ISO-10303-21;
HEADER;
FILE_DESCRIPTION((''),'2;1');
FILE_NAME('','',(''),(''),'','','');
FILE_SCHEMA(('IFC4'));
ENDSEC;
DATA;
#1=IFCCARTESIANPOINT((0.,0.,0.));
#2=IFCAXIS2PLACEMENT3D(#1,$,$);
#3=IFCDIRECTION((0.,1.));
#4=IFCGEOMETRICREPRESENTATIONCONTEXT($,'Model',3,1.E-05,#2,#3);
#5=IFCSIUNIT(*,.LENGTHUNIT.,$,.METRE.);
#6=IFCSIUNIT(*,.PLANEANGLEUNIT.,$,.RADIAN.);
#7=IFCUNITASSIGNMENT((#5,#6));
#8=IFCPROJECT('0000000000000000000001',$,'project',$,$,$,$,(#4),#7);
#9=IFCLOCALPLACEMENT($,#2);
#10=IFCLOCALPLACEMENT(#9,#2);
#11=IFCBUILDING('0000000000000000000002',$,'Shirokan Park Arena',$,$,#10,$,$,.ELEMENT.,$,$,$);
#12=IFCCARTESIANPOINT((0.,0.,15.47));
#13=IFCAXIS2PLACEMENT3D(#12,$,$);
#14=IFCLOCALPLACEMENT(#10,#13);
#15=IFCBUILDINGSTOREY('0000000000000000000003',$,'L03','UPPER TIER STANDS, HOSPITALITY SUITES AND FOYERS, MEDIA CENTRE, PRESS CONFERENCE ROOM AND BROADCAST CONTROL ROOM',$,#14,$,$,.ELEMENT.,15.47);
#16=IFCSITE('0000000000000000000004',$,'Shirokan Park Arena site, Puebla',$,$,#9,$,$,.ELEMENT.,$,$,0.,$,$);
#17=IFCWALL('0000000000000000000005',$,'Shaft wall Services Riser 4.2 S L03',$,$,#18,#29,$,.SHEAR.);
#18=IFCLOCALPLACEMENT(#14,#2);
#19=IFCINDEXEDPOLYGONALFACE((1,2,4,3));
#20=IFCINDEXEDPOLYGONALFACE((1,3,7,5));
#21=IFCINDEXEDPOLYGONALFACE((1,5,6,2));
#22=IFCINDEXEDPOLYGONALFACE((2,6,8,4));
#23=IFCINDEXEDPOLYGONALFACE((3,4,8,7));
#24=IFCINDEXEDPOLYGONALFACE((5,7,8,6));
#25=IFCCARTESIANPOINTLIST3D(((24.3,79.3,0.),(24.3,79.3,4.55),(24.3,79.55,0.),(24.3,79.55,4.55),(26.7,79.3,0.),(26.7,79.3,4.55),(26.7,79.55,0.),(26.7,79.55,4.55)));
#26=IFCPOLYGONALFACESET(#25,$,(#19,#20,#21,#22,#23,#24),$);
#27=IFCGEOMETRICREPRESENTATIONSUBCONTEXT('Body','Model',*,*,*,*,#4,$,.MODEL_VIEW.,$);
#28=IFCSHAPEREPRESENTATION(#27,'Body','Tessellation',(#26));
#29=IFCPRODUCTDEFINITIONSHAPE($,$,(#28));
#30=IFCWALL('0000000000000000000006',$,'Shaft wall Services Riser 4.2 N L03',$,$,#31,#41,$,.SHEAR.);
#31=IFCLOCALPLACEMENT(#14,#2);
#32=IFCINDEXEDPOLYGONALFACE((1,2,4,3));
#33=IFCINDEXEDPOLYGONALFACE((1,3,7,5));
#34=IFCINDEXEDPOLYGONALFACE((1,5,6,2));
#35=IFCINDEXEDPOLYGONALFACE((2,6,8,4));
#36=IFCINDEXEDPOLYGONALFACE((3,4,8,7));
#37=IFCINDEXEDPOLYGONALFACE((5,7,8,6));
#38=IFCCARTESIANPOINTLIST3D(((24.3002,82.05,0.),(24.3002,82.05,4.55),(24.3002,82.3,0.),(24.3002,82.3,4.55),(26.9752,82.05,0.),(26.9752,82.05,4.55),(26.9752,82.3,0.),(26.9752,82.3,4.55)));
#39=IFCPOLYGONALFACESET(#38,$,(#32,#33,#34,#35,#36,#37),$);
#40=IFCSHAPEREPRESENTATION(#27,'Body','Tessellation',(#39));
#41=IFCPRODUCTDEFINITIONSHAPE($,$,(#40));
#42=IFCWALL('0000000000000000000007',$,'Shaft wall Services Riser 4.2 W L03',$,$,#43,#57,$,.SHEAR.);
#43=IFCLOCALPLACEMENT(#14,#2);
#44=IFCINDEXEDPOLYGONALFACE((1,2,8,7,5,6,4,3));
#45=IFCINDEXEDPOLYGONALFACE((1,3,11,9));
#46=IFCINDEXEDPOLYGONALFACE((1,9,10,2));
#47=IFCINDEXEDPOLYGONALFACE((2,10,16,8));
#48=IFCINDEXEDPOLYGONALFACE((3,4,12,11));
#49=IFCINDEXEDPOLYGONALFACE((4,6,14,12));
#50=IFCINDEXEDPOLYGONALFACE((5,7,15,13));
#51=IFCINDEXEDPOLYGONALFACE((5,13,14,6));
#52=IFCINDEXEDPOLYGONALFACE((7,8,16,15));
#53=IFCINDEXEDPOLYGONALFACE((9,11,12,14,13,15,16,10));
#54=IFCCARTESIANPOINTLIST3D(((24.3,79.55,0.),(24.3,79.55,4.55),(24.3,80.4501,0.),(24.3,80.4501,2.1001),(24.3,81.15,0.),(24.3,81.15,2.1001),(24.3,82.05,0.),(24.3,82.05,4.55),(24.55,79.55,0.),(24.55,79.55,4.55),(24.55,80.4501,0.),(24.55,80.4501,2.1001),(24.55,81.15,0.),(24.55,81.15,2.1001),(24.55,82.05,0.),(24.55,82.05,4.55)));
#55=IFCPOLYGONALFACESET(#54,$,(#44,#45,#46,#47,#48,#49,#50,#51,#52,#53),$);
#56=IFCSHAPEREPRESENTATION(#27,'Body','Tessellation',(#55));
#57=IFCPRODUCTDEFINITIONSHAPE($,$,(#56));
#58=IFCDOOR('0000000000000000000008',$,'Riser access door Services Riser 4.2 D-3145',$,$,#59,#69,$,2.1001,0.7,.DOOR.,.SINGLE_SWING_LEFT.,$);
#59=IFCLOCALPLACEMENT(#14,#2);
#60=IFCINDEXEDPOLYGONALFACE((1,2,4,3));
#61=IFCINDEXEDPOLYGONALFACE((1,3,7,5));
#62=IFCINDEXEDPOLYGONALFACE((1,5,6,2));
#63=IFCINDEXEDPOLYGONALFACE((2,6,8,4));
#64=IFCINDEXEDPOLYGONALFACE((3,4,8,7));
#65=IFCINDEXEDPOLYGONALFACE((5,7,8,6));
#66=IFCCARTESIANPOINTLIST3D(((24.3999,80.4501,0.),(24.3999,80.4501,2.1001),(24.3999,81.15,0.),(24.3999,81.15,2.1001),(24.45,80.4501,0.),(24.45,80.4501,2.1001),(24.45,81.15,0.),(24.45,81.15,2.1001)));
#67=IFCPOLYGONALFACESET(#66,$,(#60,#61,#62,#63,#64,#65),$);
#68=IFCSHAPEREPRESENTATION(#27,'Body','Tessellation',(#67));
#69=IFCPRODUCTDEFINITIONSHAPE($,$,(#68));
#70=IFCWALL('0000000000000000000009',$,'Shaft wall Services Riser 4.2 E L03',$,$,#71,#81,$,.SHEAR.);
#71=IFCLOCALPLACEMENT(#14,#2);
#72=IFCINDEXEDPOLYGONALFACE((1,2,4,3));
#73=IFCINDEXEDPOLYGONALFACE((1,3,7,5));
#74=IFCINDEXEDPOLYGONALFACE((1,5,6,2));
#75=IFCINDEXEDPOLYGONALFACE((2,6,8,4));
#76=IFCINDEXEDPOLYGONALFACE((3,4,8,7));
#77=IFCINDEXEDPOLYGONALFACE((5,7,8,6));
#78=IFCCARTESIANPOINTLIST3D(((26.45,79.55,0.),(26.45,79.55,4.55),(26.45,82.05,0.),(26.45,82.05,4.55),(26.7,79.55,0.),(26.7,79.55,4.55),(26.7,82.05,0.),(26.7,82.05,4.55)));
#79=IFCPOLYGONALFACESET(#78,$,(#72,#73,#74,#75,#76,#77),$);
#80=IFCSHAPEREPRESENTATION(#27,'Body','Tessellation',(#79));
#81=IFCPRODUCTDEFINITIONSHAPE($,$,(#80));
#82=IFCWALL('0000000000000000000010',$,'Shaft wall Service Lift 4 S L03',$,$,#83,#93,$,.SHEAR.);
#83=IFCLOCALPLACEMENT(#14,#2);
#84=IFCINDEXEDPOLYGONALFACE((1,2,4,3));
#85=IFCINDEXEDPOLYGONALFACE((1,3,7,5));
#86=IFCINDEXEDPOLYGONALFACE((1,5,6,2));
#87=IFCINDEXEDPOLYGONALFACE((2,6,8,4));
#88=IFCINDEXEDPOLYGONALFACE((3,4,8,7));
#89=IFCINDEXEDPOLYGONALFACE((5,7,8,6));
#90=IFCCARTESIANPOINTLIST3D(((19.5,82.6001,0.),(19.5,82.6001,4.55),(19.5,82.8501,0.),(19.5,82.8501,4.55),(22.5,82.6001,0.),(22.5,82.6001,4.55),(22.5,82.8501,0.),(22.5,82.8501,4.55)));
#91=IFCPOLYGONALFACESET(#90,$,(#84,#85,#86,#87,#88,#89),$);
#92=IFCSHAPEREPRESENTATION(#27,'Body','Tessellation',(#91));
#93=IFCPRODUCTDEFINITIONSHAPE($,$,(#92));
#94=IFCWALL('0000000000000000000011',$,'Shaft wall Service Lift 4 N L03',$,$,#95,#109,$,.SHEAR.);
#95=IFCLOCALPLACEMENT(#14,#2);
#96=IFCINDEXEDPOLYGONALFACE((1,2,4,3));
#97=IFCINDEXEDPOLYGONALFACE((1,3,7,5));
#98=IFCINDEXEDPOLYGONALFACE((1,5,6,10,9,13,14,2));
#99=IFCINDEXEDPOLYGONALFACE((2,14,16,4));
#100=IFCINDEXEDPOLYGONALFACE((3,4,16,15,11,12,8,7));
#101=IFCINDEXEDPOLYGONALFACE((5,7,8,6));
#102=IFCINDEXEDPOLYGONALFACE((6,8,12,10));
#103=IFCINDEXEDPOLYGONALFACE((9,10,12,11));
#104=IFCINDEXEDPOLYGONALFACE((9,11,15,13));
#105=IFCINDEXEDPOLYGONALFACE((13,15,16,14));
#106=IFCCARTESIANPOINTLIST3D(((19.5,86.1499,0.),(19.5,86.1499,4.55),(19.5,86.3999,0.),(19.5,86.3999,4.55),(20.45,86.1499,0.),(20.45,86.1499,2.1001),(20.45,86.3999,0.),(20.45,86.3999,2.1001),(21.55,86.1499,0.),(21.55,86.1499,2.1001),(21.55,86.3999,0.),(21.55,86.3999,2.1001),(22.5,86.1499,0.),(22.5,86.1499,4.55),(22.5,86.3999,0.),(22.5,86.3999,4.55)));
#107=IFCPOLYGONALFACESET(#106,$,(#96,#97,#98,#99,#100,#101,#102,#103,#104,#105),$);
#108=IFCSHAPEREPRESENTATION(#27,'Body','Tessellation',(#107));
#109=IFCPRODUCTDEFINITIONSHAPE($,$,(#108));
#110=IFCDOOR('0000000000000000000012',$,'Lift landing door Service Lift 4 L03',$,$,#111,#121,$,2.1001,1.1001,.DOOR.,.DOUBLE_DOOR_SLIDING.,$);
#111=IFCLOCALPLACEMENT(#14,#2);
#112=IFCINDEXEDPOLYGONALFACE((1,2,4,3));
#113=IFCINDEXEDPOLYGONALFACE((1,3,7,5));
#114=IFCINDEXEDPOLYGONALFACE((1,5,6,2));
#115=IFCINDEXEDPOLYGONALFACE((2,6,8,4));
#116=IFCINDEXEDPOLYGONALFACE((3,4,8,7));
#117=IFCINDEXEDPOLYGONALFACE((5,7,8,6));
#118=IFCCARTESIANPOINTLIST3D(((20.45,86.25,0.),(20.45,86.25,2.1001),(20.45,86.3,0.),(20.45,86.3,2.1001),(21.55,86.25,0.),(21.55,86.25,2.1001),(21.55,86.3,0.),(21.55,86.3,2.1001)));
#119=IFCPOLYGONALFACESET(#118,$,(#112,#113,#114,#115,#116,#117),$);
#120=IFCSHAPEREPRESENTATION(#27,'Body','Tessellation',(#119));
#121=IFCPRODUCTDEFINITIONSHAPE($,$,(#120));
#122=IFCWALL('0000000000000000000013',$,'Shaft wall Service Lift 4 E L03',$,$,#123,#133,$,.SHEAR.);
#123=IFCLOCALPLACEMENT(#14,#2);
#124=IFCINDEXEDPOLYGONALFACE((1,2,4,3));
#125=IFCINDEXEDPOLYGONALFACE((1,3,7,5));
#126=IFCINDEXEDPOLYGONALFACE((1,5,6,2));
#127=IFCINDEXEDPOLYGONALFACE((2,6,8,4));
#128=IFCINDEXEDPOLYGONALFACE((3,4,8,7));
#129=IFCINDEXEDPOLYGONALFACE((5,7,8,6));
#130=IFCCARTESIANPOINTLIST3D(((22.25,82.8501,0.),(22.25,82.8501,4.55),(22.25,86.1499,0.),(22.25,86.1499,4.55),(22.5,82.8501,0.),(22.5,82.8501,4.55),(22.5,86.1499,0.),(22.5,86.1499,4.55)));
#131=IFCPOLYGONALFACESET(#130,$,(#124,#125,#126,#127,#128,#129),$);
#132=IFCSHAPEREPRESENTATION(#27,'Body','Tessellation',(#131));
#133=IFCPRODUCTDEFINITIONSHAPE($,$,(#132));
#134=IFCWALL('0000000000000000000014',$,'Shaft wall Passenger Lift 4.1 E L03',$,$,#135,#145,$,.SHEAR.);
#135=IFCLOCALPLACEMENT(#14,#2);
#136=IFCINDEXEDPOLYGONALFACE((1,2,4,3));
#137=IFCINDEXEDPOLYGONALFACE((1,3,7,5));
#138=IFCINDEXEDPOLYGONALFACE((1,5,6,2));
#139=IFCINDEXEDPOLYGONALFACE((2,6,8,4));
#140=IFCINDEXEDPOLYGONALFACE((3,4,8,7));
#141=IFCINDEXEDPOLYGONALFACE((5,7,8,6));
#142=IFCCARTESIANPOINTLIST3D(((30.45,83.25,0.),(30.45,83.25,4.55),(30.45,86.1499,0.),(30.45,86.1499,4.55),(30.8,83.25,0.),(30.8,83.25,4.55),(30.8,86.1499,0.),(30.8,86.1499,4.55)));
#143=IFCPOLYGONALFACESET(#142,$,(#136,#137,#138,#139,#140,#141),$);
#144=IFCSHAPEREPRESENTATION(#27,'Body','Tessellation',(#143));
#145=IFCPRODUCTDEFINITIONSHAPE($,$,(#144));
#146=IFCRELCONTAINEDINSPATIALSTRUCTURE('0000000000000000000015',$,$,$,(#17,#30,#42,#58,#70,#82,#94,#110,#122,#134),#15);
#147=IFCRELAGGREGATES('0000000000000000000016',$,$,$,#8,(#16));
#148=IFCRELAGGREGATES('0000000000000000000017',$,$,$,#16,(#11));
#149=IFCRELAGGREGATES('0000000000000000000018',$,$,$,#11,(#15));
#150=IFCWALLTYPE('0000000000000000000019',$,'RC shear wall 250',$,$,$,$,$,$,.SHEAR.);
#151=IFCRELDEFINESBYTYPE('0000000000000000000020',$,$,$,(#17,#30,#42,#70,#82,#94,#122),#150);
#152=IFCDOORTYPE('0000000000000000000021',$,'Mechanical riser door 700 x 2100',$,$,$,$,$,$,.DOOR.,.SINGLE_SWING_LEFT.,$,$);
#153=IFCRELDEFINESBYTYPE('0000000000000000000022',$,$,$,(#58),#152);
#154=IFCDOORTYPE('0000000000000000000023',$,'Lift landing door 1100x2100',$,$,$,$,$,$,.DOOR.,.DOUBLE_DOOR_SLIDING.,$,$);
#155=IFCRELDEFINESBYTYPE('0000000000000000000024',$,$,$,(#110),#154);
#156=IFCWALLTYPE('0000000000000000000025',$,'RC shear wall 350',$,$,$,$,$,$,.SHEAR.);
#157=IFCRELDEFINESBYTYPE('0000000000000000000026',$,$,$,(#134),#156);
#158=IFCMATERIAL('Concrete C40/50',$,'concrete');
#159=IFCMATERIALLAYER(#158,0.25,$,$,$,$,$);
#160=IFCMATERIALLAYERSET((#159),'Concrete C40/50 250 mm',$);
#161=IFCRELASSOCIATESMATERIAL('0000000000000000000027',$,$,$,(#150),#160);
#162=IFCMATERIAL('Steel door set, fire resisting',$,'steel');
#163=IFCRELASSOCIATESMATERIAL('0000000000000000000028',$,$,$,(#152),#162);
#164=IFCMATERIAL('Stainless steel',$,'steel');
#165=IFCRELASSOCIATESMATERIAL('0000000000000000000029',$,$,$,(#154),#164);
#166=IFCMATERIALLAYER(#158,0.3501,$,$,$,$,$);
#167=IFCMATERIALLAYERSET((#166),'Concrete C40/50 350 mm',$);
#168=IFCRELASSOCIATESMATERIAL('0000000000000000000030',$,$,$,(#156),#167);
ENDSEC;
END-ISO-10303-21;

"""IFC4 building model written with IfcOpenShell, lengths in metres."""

from ifc_helpers import new_model, si_unit, direction, frame, frame_2d, origin, place, context, subcontext, project, spatial, rectangle, extrude, material, layer, layer_set, type_object, element, fill, save


model = new_model("IFC4")

# Units and contexts
model_context = context("Model", 3, precision=1e-05, world=origin(), true_north=direction((0.0, 1.0)))
body_context = subcontext(model_context, "Body", "Model", "MODEL_VIEW")
ifc_project = project(units=[si_unit("LENGTHUNIT", "METRE"), si_unit("PLANEANGLEUNIT", "RADIAN")], contexts=[model_context])

# Site, building, storey
site_placement = place(None, origin())
site = spatial("IfcSite", under=ifc_project, at=site_placement, Name="Shirokan Park Arena site, Puebla", CompositionType="ELEMENT", RefElevation=0.0)
building_placement = place(site_placement, origin())
building = spatial("IfcBuilding", under=site, at=building_placement, Name="Shirokan Park Arena", CompositionType="ELEMENT")
storey_placement = place(building_placement, frame((0.0, 0.0, 15.47)))
storey = spatial("IfcBuildingStorey", under=building, at=storey_placement, Name="L03", Description="UPPER TIER STANDS, HOSPITALITY SUITES AND FOYERS, MEDIA CENTRE, PRESS CONFERENCE ROOM AND BROADCAST CONTROL ROOM", CompositionType="ELEMENT", Elevation=15.47)

# Walls
ifc_material_1 = material(Name="Concrete C40/50", Category="concrete")
ifc_layer_1 = layer(ifc_material_1, 0.25)
ifc_layer_set_1 = layer_set([ifc_layer_1], Name="Concrete C40/50 250 mm")
wall_type_1 = type_object("IfcWallType", Name="RC shear wall 250", PredefinedType="SHEAR", material=ifc_layer_set_1)
wall_1_placement = place(storey_placement, frame((26.7, 79.425, 0.0), z_axis=(0.0, 0.0, 1.0), x_axis=(-1.0, 0.0, 0.0)))
element("IfcWall", 1, at=wall_1_placement, inside=storey, type_object=wall_type_1, Name="Shaft wall Services Riser 4.2 S L03", PredefinedType="SHEAR", context=body_context, shape_type="SweptSolid", body=[
    extrude(rectangle(XDim=2.3999, YDim=0.25, at=frame_2d((1.2, 0.0))), origin(), (0.0, 0.0, 1.0), 4.55),
])
wall_2_placement = place(storey_placement, frame((26.9751, 82.175, 0.0), z_axis=(0.0, 0.0, 1.0), x_axis=(-1.0, 0.0, 0.0)))
element("IfcWall", 2, at=wall_2_placement, inside=storey, type_object=wall_type_1, Name="Shaft wall Services Riser 4.2 N L03", PredefinedType="SHEAR", context=body_context, shape_type="SweptSolid", body=[
    extrude(rectangle(XDim=2.675, YDim=0.25, at=frame_2d((1.3374, 0.0))), origin(), (0.0, 0.0, 1.0), 4.55),
])

# Wall, opening, door
wall_3_placement = place(storey_placement, frame((24.425, 82.05, 0.0), z_axis=(0.0, 0.0, 1.0), x_axis=(0.0, -1.0, 0.0)))
wall_3 = element("IfcWall", 3, at=wall_3_placement, inside=storey, type_object=wall_type_1, Name="Shaft wall Services Riser 4.2 W L03", PredefinedType="SHEAR", context=body_context, shape_type="SweptSolid", body=[
    extrude(rectangle(XDim=2.5, YDim=0.25, at=frame_2d((1.25, 0.0))), origin(), (0.0, 0.0, 1.0), 4.55),
])
opening_1_placement = place(wall_3_placement, frame((0.8999, 0.0, 0.0)))
opening_1 = element("IfcOpeningElement", 4, at=opening_1_placement, cuts=wall_3, PredefinedType="OPENING", context=body_context, shape_type="SweptSolid", body=[
    extrude(rectangle(XDim=0.7, YDim=2.1001, at=frame_2d((0.3501, 1.05))), frame((0.0, 0.135, 0.0), z_axis=(0.0, -1.0, 0.0), x_axis=(1.0, 0.0, 0.0)), (0.0, 0.0, 1.0), 0.27),
])
ifc_material_2 = material(Name="Steel door set, fire resisting", Category="steel")
door_type_1 = type_object("IfcDoorType", Name="Mechanical riser door 700 x 2100", OperationType="SINGLE_SWING_LEFT", PredefinedType="DOOR", material=ifc_material_2)
door_1_placement = place(opening_1_placement, origin())
door_1 = element("IfcDoor", 5, at=door_1_placement, inside=storey, type_object=door_type_1, Name="Riser access door Services Riser 4.2 D-3145", OperationType="SINGLE_SWING_LEFT", OverallHeight=2.1001, OverallWidth=0.7, PredefinedType="DOOR", context=body_context, shape_type="SweptSolid", body=[
    extrude(rectangle(XDim=0.7, YDim=2.1001, at=frame_2d((0.3501, 1.05))), frame((0.0, 0.0249, 0.0), z_axis=(0.0, -1.0, 0.0), x_axis=(1.0, 0.0, 0.0)), (0.0, 0.0, 1.0), 0.05),
])
fill(opening_1, door_1)

# Walls
wall_4_placement = place(storey_placement, frame((26.575, 82.05, 0.0), z_axis=(0.0, 0.0, 1.0), x_axis=(0.0, -1.0, 0.0)))
element("IfcWall", 6, at=wall_4_placement, inside=storey, type_object=wall_type_1, Name="Shaft wall Services Riser 4.2 E L03", PredefinedType="SHEAR", context=body_context, shape_type="SweptSolid", body=[
    extrude(rectangle(XDim=2.5, YDim=0.25, at=frame_2d((1.25, 0.0))), origin(), (0.0, 0.0, 1.0), 4.55),
])
wall_5_placement = place(storey_placement, frame((22.5, 82.7251, 0.0), z_axis=(0.0, 0.0, 1.0), x_axis=(-1.0, 0.0, 0.0)))
element("IfcWall", 7, at=wall_5_placement, inside=storey, type_object=wall_type_1, Name="Shaft wall Service Lift 4 S L03", PredefinedType="SHEAR", context=body_context, shape_type="SweptSolid", body=[
    extrude(rectangle(XDim=3.0, YDim=0.25, at=frame_2d((1.5, 0.0))), origin(), (0.0, 0.0, 1.0), 4.55),
])

# Wall, opening, door
wall_6_placement = place(storey_placement, frame((22.5, 86.2749, 0.0), z_axis=(0.0, 0.0, 1.0), x_axis=(-1.0, 0.0, 0.0)))
wall_6 = element("IfcWall", 8, at=wall_6_placement, inside=storey, type_object=wall_type_1, Name="Shaft wall Service Lift 4 N L03", PredefinedType="SHEAR", context=body_context, shape_type="SweptSolid", body=[
    extrude(rectangle(XDim=3.0, YDim=0.25, at=frame_2d((1.5, 0.0))), origin(), (0.0, 0.0, 1.0), 4.55),
])
opening_2_placement = place(wall_6_placement, frame((0.95, 0.0, 0.0)))
opening_2 = element("IfcOpeningElement", 9, at=opening_2_placement, cuts=wall_6, PredefinedType="OPENING", context=body_context, shape_type="SweptSolid", body=[
    extrude(rectangle(XDim=1.1001, YDim=2.1001, at=frame_2d((0.55, 1.05))), frame((0.0, 0.135, 0.0), z_axis=(0.0, -1.0, 0.0), x_axis=(1.0, 0.0, 0.0)), (0.0, 0.0, 1.0), 0.27),
])
ifc_material_3 = material(Name="Stainless steel", Category="steel")
door_type_2 = type_object("IfcDoorType", Name="Lift landing door 1100x2100", OperationType="DOUBLE_DOOR_SLIDING", PredefinedType="DOOR", material=ifc_material_3)
door_2_placement = place(opening_2_placement, origin())
door_2 = element("IfcDoor", 10, at=door_2_placement, inside=storey, type_object=door_type_2, Name="Lift landing door Service Lift 4 L03", OperationType="DOUBLE_DOOR_SLIDING", OverallHeight=2.1001, OverallWidth=1.1001, PredefinedType="DOOR", context=body_context, shape_type="SweptSolid", body=[
    extrude(rectangle(XDim=1.1001, YDim=2.1001, at=frame_2d((0.55, 1.05))), frame((0.0, 0.0249, 0.0), z_axis=(0.0, -1.0, 0.0), x_axis=(1.0, 0.0, 0.0)), (0.0, 0.0, 1.0), 0.05),
])
fill(opening_2, door_2)

# Walls
wall_7_placement = place(storey_placement, frame((22.375, 86.1499, 0.0), z_axis=(0.0, 0.0, 1.0), x_axis=(0.0, -1.0, 0.0)))
element("IfcWall", 11, at=wall_7_placement, inside=storey, type_object=wall_type_1, Name="Shaft wall Service Lift 4 E L03", PredefinedType="SHEAR", context=body_context, shape_type="SweptSolid", body=[
    extrude(rectangle(XDim=3.2998, YDim=0.25, at=frame_2d((1.6499, 0.0))), origin(), (0.0, 0.0, 1.0), 4.55),
])
ifc_layer_2 = layer(ifc_material_1, 0.3501)
ifc_layer_set_2 = layer_set([ifc_layer_2], Name="Concrete C40/50 350 mm")
wall_type_2 = type_object("IfcWallType", Name="RC shear wall 350", PredefinedType="SHEAR", material=ifc_layer_set_2)
wall_8_placement = place(storey_placement, frame((30.625, 86.1499, 0.0), z_axis=(0.0, 0.0, 1.0), x_axis=(0.0, -1.0, 0.0)))
element("IfcWall", 12, at=wall_8_placement, inside=storey, type_object=wall_type_2, Name="Shaft wall Passenger Lift 4.1 E L03", PredefinedType="SHEAR", context=body_context, shape_type="SweptSolid", body=[
    extrude(rectangle(XDim=2.8999, YDim=0.3501, at=frame_2d((1.45, 0.0))), origin(), (0.0, 0.0, 1.0), 4.55),
])

save(model, "model.ifc")
